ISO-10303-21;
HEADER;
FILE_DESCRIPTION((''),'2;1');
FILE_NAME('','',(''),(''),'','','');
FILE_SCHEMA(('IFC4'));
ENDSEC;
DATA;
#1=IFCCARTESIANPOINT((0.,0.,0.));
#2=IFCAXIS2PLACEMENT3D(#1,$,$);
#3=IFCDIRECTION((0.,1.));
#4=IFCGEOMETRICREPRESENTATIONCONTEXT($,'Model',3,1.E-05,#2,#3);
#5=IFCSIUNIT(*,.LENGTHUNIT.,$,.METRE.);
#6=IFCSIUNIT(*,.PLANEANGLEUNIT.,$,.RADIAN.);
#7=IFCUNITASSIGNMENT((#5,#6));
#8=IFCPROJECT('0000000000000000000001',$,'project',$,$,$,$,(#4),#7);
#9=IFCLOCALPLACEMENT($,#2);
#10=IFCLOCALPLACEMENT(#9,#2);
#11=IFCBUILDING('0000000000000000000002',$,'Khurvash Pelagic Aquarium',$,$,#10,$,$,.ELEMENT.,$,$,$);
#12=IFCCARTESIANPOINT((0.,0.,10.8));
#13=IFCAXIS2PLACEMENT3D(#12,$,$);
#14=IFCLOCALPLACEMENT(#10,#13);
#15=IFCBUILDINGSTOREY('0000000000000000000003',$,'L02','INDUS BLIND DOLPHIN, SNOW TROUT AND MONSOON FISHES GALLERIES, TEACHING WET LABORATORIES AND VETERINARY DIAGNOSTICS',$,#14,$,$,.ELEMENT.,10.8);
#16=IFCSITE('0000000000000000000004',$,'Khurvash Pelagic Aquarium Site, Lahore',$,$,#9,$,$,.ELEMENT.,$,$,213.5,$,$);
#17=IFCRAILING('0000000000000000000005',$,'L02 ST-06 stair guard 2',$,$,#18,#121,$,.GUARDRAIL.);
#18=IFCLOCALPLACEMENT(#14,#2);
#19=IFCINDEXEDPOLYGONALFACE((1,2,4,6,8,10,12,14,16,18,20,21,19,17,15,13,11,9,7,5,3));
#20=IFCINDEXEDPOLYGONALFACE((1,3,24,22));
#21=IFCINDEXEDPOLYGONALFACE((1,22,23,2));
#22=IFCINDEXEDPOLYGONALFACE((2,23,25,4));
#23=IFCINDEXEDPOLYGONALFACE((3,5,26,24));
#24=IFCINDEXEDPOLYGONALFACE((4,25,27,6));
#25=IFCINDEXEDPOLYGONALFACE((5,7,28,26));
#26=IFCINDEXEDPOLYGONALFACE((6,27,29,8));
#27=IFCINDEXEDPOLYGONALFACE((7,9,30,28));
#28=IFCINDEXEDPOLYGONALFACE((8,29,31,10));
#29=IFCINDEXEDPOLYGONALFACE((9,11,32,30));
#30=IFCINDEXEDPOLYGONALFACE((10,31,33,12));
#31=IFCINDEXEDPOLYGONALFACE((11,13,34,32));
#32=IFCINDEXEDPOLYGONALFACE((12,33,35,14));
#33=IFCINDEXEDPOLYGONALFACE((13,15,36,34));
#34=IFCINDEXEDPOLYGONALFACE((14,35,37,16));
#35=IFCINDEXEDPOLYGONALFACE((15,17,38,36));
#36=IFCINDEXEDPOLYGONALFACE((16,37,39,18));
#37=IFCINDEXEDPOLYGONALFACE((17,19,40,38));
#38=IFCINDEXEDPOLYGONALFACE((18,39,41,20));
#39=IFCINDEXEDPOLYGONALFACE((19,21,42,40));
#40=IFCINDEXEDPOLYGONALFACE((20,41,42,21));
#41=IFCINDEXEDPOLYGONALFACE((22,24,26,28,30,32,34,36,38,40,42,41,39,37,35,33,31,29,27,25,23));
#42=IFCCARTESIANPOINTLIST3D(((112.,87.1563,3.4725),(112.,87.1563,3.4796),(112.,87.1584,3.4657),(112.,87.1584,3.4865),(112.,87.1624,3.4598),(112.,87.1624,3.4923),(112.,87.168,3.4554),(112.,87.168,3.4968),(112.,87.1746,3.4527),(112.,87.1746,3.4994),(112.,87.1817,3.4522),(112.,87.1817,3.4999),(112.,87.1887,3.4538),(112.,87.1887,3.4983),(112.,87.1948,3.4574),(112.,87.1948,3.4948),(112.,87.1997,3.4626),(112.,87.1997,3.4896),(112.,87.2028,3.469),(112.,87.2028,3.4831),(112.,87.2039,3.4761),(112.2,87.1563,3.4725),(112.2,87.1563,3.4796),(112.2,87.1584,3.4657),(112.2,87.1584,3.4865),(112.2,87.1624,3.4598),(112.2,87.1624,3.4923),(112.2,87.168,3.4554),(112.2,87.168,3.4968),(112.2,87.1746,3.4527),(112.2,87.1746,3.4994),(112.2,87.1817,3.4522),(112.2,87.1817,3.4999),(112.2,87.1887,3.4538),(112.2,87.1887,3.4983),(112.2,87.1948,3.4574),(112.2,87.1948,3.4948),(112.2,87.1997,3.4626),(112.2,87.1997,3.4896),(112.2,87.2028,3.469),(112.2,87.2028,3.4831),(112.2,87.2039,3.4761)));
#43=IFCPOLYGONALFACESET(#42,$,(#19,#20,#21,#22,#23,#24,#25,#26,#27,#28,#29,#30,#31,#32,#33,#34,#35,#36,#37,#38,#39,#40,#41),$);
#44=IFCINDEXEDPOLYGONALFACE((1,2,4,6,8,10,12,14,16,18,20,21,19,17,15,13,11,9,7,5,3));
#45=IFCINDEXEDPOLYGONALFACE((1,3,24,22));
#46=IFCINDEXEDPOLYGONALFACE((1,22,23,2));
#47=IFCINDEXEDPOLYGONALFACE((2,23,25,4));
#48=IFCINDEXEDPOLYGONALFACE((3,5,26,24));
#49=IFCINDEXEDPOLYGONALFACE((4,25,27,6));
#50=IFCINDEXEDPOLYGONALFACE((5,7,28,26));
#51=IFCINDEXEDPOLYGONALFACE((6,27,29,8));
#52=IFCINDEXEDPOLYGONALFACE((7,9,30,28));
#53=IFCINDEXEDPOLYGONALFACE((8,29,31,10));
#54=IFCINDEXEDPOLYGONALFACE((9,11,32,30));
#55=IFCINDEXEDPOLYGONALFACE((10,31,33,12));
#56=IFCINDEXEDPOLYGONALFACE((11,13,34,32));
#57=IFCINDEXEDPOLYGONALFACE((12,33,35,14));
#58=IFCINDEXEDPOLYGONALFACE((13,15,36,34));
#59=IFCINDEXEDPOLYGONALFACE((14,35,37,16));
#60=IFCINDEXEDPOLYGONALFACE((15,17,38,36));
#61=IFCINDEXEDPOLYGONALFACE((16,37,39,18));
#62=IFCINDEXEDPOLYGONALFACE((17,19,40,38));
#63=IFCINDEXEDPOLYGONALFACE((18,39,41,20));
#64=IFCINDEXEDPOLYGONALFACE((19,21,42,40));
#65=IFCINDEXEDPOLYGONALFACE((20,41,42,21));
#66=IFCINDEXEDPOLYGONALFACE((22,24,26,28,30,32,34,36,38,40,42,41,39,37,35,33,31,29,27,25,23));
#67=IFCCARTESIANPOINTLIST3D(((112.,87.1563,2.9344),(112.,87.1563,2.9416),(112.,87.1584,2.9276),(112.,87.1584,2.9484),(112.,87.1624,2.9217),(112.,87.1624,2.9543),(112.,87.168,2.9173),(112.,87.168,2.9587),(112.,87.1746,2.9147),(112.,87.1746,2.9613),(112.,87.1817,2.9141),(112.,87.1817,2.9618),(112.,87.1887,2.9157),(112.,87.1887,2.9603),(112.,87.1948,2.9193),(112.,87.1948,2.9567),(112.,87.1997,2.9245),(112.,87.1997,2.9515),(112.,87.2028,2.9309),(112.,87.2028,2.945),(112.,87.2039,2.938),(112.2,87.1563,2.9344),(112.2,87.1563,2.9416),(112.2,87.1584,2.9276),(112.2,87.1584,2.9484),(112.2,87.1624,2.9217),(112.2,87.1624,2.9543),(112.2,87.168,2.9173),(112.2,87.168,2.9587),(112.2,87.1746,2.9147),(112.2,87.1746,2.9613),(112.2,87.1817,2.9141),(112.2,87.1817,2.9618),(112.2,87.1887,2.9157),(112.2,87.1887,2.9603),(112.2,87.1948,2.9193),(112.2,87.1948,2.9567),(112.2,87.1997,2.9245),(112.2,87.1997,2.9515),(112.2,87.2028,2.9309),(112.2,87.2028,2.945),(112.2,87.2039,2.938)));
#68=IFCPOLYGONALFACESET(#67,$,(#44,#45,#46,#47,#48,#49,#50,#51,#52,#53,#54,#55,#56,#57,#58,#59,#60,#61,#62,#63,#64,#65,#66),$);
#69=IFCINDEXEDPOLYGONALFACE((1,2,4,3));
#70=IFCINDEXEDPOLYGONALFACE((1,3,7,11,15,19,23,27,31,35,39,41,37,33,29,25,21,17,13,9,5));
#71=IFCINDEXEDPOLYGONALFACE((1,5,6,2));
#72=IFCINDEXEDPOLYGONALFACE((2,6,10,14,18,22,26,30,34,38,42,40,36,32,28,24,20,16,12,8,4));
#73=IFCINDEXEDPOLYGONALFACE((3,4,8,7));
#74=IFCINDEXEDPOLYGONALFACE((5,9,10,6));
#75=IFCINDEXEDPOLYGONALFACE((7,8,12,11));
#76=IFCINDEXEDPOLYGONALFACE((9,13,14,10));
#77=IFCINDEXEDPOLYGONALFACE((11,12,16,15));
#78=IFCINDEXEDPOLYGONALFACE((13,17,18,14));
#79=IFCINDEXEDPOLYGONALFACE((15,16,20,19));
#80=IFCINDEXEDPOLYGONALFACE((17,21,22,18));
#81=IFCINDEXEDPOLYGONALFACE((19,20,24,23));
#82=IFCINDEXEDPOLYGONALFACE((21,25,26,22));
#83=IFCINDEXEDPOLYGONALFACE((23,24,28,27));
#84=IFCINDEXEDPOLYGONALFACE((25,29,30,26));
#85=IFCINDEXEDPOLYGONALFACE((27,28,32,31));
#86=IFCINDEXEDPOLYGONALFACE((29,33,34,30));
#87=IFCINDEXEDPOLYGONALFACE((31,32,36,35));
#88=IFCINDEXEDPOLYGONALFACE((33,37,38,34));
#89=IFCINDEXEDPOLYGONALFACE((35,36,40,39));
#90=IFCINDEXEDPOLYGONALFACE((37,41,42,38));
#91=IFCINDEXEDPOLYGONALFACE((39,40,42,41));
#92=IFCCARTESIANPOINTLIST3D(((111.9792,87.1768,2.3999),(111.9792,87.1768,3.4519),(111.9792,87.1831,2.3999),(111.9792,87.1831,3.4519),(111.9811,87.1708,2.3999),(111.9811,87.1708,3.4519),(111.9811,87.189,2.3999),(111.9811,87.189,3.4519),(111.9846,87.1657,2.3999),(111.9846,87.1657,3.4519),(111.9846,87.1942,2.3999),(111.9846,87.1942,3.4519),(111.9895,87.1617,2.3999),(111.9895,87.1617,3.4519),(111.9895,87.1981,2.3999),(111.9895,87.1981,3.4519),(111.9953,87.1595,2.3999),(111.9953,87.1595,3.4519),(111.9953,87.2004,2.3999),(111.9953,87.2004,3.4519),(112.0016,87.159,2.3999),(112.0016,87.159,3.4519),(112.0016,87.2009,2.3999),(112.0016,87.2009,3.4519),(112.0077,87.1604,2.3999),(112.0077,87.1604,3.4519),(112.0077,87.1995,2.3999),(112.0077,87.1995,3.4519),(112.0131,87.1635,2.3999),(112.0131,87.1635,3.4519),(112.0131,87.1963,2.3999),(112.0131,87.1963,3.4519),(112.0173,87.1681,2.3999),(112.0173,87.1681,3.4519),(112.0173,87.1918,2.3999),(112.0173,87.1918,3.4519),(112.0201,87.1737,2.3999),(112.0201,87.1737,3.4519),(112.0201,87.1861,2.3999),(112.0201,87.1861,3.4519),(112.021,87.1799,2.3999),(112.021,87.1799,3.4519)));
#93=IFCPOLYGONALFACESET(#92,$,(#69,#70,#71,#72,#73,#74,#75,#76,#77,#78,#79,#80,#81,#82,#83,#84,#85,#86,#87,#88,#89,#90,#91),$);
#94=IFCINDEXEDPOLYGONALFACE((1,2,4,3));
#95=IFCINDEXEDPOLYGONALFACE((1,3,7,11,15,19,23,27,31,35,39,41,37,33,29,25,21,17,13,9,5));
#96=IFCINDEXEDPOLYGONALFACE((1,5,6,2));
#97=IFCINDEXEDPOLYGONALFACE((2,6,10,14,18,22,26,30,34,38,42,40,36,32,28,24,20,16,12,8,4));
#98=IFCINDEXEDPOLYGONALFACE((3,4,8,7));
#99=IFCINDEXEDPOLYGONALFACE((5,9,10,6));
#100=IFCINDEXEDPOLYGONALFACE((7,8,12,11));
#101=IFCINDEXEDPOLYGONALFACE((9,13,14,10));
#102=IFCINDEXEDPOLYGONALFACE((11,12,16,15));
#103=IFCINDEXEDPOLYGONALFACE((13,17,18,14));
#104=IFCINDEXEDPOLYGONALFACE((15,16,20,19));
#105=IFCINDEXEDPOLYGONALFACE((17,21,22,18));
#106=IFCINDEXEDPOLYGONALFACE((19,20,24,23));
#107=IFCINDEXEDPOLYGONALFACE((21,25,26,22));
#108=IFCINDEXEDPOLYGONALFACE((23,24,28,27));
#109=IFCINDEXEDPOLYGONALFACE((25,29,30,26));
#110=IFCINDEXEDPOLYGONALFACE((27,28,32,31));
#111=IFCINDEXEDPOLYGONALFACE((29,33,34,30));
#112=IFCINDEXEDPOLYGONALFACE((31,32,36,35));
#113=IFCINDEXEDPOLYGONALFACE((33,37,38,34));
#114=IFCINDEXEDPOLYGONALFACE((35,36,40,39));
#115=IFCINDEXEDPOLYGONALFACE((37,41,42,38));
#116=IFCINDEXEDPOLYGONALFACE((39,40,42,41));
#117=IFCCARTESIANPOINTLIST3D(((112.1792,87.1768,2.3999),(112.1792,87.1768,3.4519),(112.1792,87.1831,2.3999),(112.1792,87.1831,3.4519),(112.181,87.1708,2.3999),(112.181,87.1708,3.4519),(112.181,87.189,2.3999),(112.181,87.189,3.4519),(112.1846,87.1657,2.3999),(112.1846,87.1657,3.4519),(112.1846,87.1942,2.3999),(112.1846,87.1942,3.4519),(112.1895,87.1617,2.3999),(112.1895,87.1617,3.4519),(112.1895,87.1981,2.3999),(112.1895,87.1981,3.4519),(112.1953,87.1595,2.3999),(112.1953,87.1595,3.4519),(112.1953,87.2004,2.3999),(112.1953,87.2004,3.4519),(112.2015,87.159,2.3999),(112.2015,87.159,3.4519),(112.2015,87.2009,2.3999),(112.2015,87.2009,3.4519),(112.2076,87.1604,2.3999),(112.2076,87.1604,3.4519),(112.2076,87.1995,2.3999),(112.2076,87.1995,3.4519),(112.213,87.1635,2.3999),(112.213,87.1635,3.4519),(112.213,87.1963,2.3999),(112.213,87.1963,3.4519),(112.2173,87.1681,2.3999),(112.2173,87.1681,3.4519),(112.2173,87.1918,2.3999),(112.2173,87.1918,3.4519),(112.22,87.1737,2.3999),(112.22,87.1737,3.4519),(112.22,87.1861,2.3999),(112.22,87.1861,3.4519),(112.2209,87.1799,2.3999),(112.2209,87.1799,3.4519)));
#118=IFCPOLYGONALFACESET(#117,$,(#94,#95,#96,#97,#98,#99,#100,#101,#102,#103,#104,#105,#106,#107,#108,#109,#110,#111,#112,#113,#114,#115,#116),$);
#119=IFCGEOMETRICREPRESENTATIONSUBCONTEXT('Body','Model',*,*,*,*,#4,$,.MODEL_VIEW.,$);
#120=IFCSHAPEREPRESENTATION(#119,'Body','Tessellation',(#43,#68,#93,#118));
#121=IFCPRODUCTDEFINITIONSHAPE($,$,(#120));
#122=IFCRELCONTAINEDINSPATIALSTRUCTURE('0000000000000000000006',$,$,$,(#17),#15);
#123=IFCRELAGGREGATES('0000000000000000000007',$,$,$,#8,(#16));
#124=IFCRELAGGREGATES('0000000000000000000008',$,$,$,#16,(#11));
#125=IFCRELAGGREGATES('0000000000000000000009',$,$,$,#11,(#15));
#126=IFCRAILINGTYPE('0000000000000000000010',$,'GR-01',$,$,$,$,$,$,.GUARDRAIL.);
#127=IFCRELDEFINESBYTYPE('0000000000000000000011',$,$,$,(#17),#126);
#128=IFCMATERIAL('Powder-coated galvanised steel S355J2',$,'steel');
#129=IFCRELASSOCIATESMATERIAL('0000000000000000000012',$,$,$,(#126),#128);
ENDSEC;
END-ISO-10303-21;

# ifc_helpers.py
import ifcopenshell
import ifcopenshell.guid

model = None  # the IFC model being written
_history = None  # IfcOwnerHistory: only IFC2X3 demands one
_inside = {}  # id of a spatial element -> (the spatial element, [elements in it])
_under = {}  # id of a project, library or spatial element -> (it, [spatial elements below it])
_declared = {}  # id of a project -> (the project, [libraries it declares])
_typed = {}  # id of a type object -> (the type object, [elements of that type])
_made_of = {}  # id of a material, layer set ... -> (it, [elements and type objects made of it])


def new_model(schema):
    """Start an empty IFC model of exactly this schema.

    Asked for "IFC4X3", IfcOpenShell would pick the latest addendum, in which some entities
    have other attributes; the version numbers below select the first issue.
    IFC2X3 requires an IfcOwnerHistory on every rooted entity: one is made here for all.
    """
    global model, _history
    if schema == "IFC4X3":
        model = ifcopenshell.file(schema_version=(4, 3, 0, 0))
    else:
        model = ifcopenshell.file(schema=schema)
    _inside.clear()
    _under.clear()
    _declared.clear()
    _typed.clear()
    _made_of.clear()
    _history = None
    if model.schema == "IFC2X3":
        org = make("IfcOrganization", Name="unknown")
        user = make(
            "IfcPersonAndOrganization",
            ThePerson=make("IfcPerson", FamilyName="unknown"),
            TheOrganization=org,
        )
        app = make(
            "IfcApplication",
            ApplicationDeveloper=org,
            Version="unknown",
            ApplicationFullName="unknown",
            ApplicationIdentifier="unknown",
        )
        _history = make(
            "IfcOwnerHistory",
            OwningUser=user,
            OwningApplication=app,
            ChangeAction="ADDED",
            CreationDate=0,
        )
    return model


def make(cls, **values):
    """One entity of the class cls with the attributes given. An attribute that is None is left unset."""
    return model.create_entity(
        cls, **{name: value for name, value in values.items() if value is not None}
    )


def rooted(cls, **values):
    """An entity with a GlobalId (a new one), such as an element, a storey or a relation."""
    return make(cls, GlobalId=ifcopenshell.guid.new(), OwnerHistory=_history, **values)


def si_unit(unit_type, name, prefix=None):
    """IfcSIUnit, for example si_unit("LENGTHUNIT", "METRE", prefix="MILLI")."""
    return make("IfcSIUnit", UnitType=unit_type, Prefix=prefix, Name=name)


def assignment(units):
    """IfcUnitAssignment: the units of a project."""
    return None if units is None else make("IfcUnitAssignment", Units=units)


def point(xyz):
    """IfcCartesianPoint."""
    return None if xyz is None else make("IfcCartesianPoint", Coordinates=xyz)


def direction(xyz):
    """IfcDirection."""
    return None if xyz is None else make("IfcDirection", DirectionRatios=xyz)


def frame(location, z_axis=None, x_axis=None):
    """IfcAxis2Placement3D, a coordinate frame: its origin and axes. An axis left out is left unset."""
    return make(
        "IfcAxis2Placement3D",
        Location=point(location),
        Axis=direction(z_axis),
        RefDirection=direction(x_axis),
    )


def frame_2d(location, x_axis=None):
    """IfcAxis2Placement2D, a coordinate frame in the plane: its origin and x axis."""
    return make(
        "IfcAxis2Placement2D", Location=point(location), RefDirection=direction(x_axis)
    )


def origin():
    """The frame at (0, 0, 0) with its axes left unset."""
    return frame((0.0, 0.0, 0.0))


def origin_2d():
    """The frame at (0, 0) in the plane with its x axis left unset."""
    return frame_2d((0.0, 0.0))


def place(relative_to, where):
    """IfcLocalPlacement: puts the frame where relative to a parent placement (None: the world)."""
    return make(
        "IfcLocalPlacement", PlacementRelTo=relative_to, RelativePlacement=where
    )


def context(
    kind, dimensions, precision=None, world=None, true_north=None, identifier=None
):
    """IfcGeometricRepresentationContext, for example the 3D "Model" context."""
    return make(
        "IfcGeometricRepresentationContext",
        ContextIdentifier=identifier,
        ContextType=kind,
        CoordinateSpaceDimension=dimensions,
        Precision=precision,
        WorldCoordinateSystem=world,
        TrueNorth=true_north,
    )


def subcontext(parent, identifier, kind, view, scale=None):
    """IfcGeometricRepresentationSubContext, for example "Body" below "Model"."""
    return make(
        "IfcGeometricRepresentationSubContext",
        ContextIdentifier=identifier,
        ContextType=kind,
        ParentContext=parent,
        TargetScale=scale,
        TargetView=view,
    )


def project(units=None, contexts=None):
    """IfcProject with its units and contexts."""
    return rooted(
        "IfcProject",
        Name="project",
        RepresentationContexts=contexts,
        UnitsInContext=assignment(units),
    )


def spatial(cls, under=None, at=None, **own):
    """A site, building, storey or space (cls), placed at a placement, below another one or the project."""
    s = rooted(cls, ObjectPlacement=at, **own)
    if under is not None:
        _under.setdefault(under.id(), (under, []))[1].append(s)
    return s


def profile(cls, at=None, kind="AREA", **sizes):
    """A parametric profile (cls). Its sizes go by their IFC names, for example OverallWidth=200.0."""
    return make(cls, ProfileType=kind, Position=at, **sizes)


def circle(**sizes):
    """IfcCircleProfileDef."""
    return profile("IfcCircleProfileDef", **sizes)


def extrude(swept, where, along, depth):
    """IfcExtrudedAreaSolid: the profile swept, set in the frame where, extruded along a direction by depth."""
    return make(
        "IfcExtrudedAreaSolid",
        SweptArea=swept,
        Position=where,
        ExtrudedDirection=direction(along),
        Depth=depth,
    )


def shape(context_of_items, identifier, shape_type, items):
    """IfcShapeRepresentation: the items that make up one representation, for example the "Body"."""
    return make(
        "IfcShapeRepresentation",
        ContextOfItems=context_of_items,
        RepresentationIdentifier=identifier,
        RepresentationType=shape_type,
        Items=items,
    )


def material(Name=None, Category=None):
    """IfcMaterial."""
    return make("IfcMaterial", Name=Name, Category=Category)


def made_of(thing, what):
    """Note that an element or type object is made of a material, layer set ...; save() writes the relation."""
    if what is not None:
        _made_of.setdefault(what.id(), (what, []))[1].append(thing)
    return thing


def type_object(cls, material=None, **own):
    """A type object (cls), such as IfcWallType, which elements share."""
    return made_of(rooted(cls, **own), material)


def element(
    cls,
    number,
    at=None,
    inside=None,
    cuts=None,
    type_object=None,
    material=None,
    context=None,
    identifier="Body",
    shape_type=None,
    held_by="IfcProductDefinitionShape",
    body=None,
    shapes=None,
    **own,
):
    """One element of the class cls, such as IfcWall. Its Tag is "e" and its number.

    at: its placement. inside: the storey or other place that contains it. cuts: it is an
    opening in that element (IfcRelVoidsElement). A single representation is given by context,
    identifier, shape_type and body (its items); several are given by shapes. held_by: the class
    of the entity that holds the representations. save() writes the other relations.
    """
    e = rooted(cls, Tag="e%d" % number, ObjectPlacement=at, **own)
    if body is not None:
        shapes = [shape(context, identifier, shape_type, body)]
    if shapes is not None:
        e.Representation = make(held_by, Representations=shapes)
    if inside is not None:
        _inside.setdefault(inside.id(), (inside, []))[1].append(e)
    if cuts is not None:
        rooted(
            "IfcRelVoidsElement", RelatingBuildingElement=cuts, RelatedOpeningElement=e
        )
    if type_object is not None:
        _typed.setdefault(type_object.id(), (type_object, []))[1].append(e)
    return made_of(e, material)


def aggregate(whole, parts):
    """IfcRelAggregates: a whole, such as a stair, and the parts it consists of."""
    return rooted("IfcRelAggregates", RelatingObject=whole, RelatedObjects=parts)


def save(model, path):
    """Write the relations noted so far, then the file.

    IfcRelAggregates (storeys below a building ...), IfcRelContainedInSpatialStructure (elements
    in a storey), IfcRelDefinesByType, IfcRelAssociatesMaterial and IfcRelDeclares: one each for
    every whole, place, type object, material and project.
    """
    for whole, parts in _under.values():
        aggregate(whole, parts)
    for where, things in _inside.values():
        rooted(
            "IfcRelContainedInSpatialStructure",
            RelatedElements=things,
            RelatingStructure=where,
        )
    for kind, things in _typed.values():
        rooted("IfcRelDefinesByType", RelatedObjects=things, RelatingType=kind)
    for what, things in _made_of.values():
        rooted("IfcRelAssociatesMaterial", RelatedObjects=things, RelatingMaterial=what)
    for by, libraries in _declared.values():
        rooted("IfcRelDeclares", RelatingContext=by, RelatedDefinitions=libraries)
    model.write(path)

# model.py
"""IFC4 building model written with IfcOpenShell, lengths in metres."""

from ifc_helpers import new_model, si_unit, direction, frame, origin, origin_2d, place, context, subcontext, project, spatial, circle, extrude, material, type_object, element, save


model = new_model("IFC4")

# Units and contexts
model_context = context("Model", 3, precision=1e-05, world=origin(), true_north=direction((0.0, 1.0)))
body_context = subcontext(model_context, "Body", "Model", "MODEL_VIEW")
ifc_project = project(units=[si_unit("LENGTHUNIT", "METRE"), si_unit("PLANEANGLEUNIT", "RADIAN")], contexts=[model_context])

# Site, building, storey
site_placement = place(None, origin())
site = spatial("IfcSite", under=ifc_project, at=site_placement, Name="Khurvash Pelagic Aquarium Site, Lahore", CompositionType="ELEMENT", RefElevation=213.5)
building_placement = place(site_placement, origin())
building = spatial("IfcBuilding", under=site, at=building_placement, Name="Khurvash Pelagic Aquarium", CompositionType="ELEMENT")
storey_placement = place(building_placement, frame((0.0, 0.0, 10.8)))
storey = spatial("IfcBuildingStorey", under=building, at=storey_placement, Name="L02", Description="INDUS BLIND DOLPHIN, SNOW TROUT AND MONSOON FISHES GALLERIES, TEACHING WET LABORATORIES AND VETERINARY DIAGNOSTICS", CompositionType="ELEMENT", Elevation=10.8)

# Railing
ifc_material_1 = material(Name="Powder-coated galvanised steel S355J2", Category="steel")
railing_type_1 = type_object("IfcRailingType", Name="GR-01", PredefinedType="GUARDRAIL", material=ifc_material_1)
railing_1_placement = place(storey_placement, frame((112.0, 87.1799, 2.3999)))
element("IfcRailing", 1, at=railing_1_placement, inside=storey, type_object=railing_type_1, Name="L02 ST-06 stair guard 2", PredefinedType="GUARDRAIL", context=body_context, shape_type="SweptSolid", body=[
    extrude(circle(Radius=0.0239, at=origin_2d()), frame((0.0, 0.0, 1.0762), z_axis=(1.0, 0.0, 0.0), x_axis=(0.0, 1.0, 0.0)), (0.0, 0.0, 1.0), 0.2),
    extrude(circle(Radius=0.0239, at=origin_2d()), frame((0.0, 0.0, 0.5381), z_axis=(1.0, 0.0, 0.0), x_axis=(0.0, 1.0, 0.0)), (0.0, 0.0, 1.0), 0.2),
    extrude(circle(Radius=0.021, at=origin_2d()), origin(), (0.0, 0.0, 1.0), 1.052),
    extrude(circle(Radius=0.021, at=origin_2d()), frame((0.2, 0.0, 0.0)), (0.0, 0.0, 1.0), 1.052),
])

save(model, "model.ifc")
